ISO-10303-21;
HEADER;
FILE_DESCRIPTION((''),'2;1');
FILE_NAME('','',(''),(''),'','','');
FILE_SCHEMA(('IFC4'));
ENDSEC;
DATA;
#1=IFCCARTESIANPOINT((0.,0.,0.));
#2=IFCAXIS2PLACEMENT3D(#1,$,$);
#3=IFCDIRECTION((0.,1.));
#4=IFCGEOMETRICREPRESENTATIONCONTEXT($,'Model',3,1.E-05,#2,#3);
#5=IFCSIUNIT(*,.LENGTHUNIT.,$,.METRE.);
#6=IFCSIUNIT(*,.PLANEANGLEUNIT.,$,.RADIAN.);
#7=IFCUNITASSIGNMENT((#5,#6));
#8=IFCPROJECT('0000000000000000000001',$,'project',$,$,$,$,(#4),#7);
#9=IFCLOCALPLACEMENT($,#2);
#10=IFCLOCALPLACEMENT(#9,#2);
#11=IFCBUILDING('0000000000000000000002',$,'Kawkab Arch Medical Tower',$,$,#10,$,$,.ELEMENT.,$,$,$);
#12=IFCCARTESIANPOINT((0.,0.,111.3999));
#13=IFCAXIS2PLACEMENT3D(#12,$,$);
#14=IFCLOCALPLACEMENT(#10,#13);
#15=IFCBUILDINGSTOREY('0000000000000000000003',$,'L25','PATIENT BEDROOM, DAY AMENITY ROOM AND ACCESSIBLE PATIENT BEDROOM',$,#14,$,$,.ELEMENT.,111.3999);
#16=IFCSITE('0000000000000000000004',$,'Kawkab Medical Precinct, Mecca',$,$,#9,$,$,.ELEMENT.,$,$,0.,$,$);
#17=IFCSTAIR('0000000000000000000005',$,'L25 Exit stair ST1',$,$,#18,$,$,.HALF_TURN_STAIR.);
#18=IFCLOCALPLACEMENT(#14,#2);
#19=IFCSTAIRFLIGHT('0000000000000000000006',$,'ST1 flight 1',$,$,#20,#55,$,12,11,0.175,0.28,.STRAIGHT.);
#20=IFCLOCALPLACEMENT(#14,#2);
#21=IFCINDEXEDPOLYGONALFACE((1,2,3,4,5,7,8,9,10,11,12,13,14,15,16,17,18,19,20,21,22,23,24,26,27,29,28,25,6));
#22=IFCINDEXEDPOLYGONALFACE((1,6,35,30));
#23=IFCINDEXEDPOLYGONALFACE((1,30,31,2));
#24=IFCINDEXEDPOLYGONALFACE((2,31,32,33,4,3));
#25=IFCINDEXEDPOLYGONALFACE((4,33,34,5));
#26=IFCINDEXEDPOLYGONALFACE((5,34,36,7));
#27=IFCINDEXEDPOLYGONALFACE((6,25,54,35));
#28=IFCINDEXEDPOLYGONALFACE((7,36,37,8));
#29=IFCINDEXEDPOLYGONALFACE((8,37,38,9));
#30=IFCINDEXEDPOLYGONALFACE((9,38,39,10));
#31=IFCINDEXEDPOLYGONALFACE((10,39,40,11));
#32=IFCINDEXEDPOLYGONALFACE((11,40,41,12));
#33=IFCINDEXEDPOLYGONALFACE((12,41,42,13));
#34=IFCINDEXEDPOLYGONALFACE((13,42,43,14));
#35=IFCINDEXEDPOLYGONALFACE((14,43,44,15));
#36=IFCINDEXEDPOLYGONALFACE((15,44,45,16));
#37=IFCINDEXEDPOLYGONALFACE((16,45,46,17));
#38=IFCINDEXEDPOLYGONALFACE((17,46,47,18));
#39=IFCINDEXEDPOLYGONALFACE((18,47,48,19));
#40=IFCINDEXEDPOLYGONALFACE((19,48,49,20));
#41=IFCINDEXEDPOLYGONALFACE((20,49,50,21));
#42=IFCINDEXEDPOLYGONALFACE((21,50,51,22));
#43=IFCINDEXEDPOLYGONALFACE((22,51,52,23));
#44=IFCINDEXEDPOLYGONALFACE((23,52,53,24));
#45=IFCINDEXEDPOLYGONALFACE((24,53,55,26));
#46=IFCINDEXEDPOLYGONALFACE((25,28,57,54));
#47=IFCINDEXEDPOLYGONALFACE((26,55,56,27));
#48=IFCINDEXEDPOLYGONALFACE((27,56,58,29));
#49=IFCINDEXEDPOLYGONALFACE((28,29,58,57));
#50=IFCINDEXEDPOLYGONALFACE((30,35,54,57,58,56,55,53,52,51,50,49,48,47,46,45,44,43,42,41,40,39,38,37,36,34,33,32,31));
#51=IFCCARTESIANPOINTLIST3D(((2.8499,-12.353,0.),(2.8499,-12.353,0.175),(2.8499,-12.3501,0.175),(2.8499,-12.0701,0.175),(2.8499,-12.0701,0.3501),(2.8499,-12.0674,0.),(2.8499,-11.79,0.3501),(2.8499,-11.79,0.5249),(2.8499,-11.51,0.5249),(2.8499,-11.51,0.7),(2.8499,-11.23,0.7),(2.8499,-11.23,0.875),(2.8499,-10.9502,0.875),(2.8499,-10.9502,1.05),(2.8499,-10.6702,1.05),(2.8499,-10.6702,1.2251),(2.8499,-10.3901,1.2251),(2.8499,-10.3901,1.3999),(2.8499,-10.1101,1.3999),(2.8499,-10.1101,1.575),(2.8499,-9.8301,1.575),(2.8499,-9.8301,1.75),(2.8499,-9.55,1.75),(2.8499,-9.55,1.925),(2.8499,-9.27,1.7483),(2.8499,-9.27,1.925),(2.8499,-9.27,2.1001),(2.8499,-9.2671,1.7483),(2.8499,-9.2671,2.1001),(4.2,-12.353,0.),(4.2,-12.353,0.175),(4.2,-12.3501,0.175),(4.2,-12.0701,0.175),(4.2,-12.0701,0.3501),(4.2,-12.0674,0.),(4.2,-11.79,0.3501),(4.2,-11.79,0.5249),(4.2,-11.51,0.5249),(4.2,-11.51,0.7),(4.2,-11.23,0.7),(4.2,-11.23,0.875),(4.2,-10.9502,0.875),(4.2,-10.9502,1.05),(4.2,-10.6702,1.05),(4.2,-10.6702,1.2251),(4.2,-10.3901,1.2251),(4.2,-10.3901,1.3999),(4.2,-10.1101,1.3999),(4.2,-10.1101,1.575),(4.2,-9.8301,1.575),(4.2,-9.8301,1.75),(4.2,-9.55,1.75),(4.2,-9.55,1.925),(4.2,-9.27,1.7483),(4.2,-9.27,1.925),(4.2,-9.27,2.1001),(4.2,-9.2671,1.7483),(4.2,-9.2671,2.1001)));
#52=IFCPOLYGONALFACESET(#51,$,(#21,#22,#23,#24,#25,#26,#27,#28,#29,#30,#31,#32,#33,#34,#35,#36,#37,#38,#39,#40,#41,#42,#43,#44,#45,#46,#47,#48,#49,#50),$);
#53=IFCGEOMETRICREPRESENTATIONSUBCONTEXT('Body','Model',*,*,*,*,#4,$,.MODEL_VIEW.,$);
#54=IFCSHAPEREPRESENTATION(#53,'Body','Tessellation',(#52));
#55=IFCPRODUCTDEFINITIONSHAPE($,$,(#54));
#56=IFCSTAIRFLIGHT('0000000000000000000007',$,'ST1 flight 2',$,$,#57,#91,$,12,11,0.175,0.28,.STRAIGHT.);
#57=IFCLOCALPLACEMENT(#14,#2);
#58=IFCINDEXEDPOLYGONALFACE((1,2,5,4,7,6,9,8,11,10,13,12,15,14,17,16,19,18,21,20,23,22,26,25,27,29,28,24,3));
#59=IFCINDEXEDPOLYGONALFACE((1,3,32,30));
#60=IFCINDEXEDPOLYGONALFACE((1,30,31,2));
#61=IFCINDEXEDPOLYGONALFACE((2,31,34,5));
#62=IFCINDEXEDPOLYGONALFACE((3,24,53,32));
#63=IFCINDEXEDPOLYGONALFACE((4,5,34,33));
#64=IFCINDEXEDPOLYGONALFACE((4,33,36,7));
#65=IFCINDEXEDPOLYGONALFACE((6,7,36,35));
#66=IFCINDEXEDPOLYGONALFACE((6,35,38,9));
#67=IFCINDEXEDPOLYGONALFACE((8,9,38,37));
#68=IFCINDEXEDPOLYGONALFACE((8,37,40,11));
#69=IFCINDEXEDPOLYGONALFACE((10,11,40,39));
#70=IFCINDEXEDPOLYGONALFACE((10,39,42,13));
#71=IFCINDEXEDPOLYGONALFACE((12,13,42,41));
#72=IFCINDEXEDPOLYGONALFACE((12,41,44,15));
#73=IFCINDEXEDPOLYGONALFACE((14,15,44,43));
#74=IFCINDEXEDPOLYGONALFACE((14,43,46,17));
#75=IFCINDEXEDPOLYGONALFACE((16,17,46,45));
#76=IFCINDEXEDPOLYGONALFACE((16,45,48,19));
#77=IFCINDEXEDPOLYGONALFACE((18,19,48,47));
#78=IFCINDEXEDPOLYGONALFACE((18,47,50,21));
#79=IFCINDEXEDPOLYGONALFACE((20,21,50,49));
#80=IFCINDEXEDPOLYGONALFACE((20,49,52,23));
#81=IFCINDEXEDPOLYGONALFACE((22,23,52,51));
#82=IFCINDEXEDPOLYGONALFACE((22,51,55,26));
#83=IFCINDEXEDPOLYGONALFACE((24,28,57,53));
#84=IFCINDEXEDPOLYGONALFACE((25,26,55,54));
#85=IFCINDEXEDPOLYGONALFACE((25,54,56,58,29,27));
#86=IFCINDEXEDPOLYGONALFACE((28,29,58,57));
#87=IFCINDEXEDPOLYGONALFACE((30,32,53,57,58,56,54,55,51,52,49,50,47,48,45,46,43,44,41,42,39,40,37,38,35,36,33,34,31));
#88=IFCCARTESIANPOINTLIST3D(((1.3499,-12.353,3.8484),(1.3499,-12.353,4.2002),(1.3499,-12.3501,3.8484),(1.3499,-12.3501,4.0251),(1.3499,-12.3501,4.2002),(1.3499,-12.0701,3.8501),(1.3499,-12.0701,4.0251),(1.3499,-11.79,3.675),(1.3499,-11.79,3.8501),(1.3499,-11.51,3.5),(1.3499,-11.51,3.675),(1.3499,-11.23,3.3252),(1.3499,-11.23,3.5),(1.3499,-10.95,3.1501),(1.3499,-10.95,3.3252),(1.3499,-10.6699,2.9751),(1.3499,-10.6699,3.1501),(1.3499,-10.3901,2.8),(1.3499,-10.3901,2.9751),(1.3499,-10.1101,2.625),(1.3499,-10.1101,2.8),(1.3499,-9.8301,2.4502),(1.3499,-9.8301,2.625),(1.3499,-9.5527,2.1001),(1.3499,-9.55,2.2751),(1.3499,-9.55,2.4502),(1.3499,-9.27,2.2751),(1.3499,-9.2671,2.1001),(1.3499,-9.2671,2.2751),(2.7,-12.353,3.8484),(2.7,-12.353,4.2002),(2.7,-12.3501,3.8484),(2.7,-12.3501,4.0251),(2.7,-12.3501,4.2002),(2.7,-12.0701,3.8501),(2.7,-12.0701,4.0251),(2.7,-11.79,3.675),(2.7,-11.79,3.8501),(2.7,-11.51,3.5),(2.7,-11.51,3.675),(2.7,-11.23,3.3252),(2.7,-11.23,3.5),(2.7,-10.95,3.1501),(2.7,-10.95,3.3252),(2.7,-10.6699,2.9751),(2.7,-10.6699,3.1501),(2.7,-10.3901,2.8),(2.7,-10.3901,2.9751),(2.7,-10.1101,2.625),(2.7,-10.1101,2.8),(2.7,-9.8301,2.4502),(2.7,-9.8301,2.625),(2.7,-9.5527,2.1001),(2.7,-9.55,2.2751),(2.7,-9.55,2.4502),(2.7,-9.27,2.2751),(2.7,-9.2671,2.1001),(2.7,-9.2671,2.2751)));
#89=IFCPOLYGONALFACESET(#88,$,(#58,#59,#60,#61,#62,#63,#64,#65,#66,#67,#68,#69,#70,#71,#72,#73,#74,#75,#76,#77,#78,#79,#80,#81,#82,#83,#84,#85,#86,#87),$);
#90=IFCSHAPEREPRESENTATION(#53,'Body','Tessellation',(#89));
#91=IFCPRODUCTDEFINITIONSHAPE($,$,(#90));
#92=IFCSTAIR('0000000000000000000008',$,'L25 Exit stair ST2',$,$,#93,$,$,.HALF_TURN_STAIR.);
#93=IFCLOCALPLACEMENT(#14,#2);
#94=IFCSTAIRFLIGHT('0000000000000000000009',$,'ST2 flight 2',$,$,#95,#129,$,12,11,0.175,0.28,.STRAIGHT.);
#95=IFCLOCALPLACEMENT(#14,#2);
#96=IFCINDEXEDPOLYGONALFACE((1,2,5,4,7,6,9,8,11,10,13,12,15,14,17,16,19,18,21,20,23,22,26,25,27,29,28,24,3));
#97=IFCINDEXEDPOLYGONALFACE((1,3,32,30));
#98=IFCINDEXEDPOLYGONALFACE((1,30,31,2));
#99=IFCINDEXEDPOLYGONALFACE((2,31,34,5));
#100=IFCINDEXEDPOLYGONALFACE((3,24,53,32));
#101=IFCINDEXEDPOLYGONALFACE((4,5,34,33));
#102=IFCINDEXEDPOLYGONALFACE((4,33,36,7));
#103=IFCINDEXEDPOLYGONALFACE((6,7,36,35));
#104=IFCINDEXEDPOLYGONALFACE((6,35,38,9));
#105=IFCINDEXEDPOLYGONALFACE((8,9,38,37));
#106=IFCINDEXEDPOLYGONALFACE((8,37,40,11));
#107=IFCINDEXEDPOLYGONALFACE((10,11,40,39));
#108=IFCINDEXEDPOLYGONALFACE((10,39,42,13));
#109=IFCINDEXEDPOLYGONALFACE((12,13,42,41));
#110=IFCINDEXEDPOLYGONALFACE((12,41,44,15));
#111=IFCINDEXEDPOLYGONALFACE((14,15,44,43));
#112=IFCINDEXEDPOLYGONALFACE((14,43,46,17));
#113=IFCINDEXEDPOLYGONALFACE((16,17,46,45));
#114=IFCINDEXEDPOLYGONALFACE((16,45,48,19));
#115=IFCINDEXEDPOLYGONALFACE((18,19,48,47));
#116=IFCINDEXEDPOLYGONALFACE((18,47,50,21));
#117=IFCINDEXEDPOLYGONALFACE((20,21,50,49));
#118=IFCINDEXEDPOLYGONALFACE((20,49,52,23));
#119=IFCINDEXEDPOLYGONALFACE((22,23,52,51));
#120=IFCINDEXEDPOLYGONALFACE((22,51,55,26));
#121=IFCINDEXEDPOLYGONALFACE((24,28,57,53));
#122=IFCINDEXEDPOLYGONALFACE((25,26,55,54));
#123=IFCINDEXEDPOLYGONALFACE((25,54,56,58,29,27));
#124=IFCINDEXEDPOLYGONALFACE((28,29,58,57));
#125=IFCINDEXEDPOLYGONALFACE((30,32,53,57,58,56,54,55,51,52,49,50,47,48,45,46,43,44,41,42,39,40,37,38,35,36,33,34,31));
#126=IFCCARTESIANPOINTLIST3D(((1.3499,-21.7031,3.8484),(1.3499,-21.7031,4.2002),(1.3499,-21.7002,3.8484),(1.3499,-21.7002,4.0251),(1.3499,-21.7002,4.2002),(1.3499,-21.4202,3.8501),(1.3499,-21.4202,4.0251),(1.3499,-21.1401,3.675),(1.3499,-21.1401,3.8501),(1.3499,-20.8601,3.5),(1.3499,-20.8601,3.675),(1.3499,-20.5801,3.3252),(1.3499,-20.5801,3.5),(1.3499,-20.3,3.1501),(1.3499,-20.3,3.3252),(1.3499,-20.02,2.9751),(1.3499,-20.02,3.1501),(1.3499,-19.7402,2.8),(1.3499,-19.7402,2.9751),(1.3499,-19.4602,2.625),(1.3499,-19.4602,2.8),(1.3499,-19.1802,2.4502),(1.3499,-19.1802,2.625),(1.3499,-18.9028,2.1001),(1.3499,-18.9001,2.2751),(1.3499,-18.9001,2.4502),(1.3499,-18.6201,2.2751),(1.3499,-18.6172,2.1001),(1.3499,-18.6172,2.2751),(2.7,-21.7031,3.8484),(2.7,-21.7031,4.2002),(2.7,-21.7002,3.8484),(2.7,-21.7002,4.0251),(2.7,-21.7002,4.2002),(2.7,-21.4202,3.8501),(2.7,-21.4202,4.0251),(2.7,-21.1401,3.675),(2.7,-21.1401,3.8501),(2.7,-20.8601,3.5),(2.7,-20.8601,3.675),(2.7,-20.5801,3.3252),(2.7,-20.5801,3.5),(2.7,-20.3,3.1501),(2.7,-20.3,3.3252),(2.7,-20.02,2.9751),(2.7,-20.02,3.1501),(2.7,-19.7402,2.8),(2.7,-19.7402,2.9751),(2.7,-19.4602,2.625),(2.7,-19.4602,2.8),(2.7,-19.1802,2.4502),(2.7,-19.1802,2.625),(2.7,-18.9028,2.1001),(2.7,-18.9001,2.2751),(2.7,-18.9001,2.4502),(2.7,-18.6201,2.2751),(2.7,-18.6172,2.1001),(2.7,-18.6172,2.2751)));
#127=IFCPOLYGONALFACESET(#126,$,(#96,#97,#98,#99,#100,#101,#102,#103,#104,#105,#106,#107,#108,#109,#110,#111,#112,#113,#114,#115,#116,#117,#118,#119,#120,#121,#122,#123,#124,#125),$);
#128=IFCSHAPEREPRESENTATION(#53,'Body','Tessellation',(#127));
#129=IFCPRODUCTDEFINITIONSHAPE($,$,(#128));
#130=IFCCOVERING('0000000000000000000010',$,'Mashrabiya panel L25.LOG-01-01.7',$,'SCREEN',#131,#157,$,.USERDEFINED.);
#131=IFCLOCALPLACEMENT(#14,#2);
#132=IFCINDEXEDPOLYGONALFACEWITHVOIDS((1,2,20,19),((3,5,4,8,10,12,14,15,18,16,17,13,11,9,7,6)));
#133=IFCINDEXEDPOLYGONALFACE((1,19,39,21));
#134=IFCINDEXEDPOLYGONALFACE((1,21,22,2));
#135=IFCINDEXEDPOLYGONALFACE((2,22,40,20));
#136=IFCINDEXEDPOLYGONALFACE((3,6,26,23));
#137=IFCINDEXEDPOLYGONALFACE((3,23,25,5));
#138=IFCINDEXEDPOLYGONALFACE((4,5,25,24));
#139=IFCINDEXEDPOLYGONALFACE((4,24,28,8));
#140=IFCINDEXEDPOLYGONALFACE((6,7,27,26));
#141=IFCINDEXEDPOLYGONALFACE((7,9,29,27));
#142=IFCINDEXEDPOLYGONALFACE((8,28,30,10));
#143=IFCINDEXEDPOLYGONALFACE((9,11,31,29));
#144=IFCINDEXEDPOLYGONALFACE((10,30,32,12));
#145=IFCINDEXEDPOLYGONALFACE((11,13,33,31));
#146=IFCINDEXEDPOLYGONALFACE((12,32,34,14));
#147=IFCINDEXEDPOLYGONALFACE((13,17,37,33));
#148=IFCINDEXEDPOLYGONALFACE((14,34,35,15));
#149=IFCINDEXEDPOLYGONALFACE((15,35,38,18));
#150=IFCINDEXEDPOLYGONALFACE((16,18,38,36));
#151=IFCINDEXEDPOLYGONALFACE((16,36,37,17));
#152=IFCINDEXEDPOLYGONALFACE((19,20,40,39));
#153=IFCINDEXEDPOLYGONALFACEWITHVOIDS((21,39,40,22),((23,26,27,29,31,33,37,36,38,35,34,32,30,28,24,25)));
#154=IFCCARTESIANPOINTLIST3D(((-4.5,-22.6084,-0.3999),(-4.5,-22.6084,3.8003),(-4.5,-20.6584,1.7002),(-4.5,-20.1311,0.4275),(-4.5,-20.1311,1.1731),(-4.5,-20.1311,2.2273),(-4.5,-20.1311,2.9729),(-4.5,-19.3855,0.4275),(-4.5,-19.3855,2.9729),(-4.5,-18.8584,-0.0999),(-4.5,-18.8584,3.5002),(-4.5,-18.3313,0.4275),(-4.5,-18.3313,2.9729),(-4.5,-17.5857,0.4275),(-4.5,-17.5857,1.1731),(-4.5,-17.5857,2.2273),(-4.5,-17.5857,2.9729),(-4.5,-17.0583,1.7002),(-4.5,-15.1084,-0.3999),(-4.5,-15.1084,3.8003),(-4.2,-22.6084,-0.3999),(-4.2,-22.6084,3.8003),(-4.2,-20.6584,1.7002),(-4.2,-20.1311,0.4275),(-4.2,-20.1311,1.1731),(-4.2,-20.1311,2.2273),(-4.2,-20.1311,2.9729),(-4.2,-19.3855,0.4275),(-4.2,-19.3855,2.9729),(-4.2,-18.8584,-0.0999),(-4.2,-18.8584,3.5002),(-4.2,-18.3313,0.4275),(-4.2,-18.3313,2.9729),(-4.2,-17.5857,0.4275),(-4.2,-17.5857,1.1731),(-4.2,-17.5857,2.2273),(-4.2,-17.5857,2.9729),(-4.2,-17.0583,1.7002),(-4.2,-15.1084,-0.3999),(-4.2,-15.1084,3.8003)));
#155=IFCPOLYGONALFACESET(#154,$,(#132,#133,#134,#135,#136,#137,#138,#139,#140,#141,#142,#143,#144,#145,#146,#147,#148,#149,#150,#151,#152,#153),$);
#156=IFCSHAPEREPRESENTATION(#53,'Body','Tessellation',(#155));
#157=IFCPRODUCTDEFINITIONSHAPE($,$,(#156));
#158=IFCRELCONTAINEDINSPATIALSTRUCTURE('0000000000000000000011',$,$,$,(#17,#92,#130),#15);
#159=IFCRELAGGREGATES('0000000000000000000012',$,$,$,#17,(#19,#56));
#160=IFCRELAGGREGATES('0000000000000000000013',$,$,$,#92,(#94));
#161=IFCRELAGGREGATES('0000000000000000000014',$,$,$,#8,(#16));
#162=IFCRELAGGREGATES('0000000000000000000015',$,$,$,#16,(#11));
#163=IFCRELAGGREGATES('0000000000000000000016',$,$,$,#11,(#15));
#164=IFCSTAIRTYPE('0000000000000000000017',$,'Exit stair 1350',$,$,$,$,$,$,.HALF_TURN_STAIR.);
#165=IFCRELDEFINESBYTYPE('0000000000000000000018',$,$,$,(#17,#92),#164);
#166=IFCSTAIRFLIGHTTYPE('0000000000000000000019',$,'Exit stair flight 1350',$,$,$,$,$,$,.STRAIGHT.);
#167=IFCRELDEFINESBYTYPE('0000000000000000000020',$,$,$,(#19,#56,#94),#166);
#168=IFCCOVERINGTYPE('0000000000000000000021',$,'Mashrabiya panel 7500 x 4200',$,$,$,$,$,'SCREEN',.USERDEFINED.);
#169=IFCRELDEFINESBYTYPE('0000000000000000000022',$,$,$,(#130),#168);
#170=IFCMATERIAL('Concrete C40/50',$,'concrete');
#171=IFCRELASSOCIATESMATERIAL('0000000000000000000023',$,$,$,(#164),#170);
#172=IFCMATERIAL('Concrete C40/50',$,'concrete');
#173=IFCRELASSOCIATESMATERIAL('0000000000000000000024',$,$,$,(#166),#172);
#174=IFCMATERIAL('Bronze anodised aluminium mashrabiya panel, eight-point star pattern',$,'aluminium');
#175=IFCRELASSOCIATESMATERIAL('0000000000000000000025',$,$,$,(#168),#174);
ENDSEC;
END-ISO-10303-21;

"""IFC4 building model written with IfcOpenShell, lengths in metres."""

from ifc_helpers import new_model, si_unit, direction, frame, origin, place, context, subcontext, project, spatial, polyline, outline, extrude, material, material_profile, profile_set, type_object, element, aggregate, save


model = new_model("IFC4")

# Units and contexts
model_context = context("Model", 3, precision=1e-05, world=origin(), true_north=direction((0.0, 1.0)))
body_context = subcontext(model_context, "Body", "Model", "MODEL_VIEW")
ifc_project = project(units=[si_unit("LENGTHUNIT", "METRE"), si_unit("PLANEANGLEUNIT", "RADIAN")], contexts=[model_context])

# Site, building, storey
site_placement = place(None, origin())
site = spatial("IfcSite", under=ifc_project, at=site_placement, Name="Kawkab Medical Precinct, Mecca", CompositionType="ELEMENT", RefElevation=0.0)
building_placement = place(site_placement, origin())
building = spatial("IfcBuilding", under=site, at=building_placement, Name="Kawkab Arch Medical Tower", CompositionType="ELEMENT")
storey_placement = place(building_placement, frame((0.0, 0.0, 111.3999)))
storey = spatial("IfcBuildingStorey", under=building, at=storey_placement, Name="L25", Description="PATIENT BEDROOM, DAY AMENITY ROOM AND ACCESSIBLE PATIENT BEDROOM", CompositionType="ELEMENT", Elevation=111.3999)

# Shared definitions
placement = place(storey_placement, origin())

# Stair, stair flights
ifc_material_1 = material(Name="Concrete C40/50", Category="concrete")
stair_type = type_object("IfcStairType", Name="Exit stair 1350", PredefinedType="HALF_TURN_STAIR", material=ifc_material_1)
stair_1 = element("IfcStair", 1, at=placement, inside=storey, type_object=stair_type, Name="L25 Exit stair ST1", PredefinedType="HALF_TURN_STAIR")
ifc_material_2 = material(Name="Concrete C40/50", Category="concrete")
stair_flight_type = type_object("IfcStairFlightType", Name="Exit stair flight 1350", PredefinedType="STRAIGHT", material=ifc_material_2)
stair_flight_1_placement = place(storey_placement, frame((3.5249, -12.3501, 0.0), z_axis=(0.0, 0.0, 1.0), x_axis=(0.0, 1.0, 0.0)))
stair_flight_1 = element("IfcStairFlight", 2, at=stair_flight_1_placement, type_object=stair_flight_type, Name="ST1 flight 1", NumberOfRisers=12, NumberOfTreads=11, PredefinedType="STRAIGHT", RiserHeight=0.175, TreadLength=0.28, context=body_context, shape_type="SweptSolid", body=[
    extrude(outline(polyline([(-0.0029, 0.0), (-0.0029, 0.175), (0.0, 0.175), (0.28, 0.175), (0.28, 0.3501), (0.5601, 0.3501), (0.5601, 0.5249), (0.8401, 0.5249), (0.8401, 0.7), (1.1201, 0.7), (1.1201, 0.875), (1.3999, 0.875), (1.3999, 1.05), (1.6799, 1.05), (1.6799, 1.2251), (1.96, 1.2251), (1.96, 1.3999), (2.24, 1.3999), (2.24, 1.575), (2.52, 1.575), (2.52, 1.75), (2.8, 1.75), (2.8, 1.925), (3.0801, 1.925), (3.0801, 2.1001), (3.083, 2.1001), (3.083, 1.7483), (3.0801, 1.7483), (0.2827, 0.0), (-0.0029, 0.0)])), frame((0.0, 0.675, 0.0), z_axis=(0.0, -1.0, 0.0), x_axis=(1.0, 0.0, 0.0)), (0.0, 0.0, 1.0), 1.3501),
])
stair_flight_2_placement = place(storey_placement, frame((2.0249, -9.27, 2.1001), z_axis=(0.0, 0.0, 1.0), x_axis=(0.0, -1.0, 0.0)))
stair_flight_2 = element("IfcStairFlight", 3, at=stair_flight_2_placement, type_object=stair_flight_type, Name="ST1 flight 2", NumberOfRisers=12, NumberOfTreads=11, PredefinedType="STRAIGHT", RiserHeight=0.175, TreadLength=0.28, context=body_context, shape_type="SweptSolid", body=[
    extrude(outline(polyline([(-0.0029, 0.0), (-0.0029, 0.175), (0.0, 0.175), (0.28, 0.175), (0.28, 0.3501), (0.5601, 0.3501), (0.5601, 0.5249), (0.8401, 0.5249), (0.8401, 0.7), (1.1201, 0.7), (1.1201, 0.875), (1.3999, 0.875), (1.3999, 1.05), (1.6799, 1.05), (1.6799, 1.2251), (1.96, 1.2251), (1.96, 1.3999), (2.24, 1.3999), (2.24, 1.575), (2.52, 1.575), (2.52, 1.75), (2.8, 1.75), (2.8, 1.925), (3.0801, 1.925), (3.0801, 2.1001), (3.083, 2.1001), (3.083, 1.7483), (3.0801, 1.7483), (0.2827, 0.0), (-0.0029, 0.0)])), frame((0.0, 0.675, 0.0), z_axis=(0.0, -1.0, 0.0), x_axis=(1.0, 0.0, 0.0)), (0.0, 0.0, 1.0), 1.3501),
])
aggregate(stair_1, [stair_flight_1, stair_flight_2])

# Stair, stair flight
stair_2 = element("IfcStair", 4, at=placement, inside=storey, type_object=stair_type, Name="L25 Exit stair ST2", PredefinedType="HALF_TURN_STAIR")
stair_flight_3_placement = place(storey_placement, frame((2.0249, -18.6201, 2.1001), z_axis=(0.0, 0.0, 1.0), x_axis=(0.0, -1.0, 0.0)))
stair_flight_3 = element("IfcStairFlight", 5, at=stair_flight_3_placement, type_object=stair_flight_type, Name="ST2 flight 2", NumberOfRisers=12, NumberOfTreads=11, PredefinedType="STRAIGHT", RiserHeight=0.175, TreadLength=0.28, context=body_context, shape_type="SweptSolid", body=[
    extrude(outline(polyline([(-0.0029, 0.0), (-0.0029, 0.175), (0.0, 0.175), (0.28, 0.175), (0.28, 0.3501), (0.5601, 0.3501), (0.5601, 0.5249), (0.8401, 0.5249), (0.8401, 0.7), (1.1201, 0.7), (1.1201, 0.875), (1.3999, 0.875), (1.3999, 1.05), (1.6799, 1.05), (1.6799, 1.2251), (1.96, 1.2251), (1.96, 1.3999), (2.24, 1.3999), (2.24, 1.575), (2.52, 1.575), (2.52, 1.75), (2.8, 1.75), (2.8, 1.925), (3.0801, 1.925), (3.0801, 2.1001), (3.083, 2.1001), (3.083, 1.7483), (3.0801, 1.7483), (0.2827, 0.0), (-0.0029, 0.0)])), frame((0.0, 0.675, 0.0), z_axis=(0.0, -1.0, 0.0), x_axis=(1.0, 0.0, 0.0)), (0.0, 0.0, 1.0), 1.3501),
])
aggregate(stair_2, [stair_flight_3])

# Covering
ifc_material_3 = material(Name="Bronze anodised aluminium mashrabiya panel, eight-point star pattern", Category="aluminium")
ifc_material_profile_1 = material_profile(ifc_material_3, outline(polyline([(-3.75, -2.1001), (3.75, -2.1001), (3.75, 2.1001), (-3.75, 2.1001), (-3.75, -2.1001)]), holes=[polyline([(1.8, 0.0), (1.2727, 0.5271), (1.2727, 1.2727), (0.5271, 1.2727), (0.0, 1.8), (-0.5271, 1.2727), (-1.2727, 1.2727), (-1.2727, 0.5271), (-1.8, 0.0), (-1.2727, -0.5271), (-1.2727, -1.2727), (-0.5271, -1.2727), (0.0, -1.8), (0.5271, -1.2727), (1.2727, -1.2727), (1.2727, -0.5271), (1.8, 0.0)])]), Name="Mashrabiya panel 7500x4200")
ifc_profile_set_1 = profile_set([ifc_material_profile_1], Name="Bronze anodised aluminium mashrabiya panel, eight-point star pattern")
covering_type = type_object("IfcCoveringType", Name="Mashrabiya panel 7500 x 4200", ElementType="SCREEN", PredefinedType="USERDEFINED", material=ifc_profile_set_1)
covering_placement = place(storey_placement, frame((-4.2, -18.8584, 1.7002), z_axis=(-1.0, 0.0, 0.0), x_axis=(0.0, -1.0, 0.0)))
element("IfcCovering", 6, at=covering_placement, inside=storey, type_object=covering_type, Name="Mashrabiya panel L25.LOG-01-01.7", ObjectType="SCREEN", PredefinedType="USERDEFINED", context=body_context, shape_type="SweptSolid", body=[
    extrude(outline(polyline([(-3.75, -2.1001), (3.75, -2.1001), (3.75, 2.1001), (-3.75, 2.1001), (-3.75, -2.1001)]), holes=[polyline([(1.8, 0.0), (1.2727, 0.5271), (1.2727, 1.2727), (0.5271, 1.2727), (0.0, 1.8), (-0.5271, 1.2727), (-1.2727, 1.2727), (-1.2727, 0.5271), (-1.8, 0.0), (-1.2727, -0.5271), (-1.2727, -1.2727), (-0.5271, -1.2727), (0.0, -1.8), (0.5271, -1.2727), (1.2727, -1.2727), (1.2727, -0.5271), (1.8, 0.0)])]), origin(), (0.0, 0.0, 1.0), 0.3),
])

save(model, "model.ifc")
